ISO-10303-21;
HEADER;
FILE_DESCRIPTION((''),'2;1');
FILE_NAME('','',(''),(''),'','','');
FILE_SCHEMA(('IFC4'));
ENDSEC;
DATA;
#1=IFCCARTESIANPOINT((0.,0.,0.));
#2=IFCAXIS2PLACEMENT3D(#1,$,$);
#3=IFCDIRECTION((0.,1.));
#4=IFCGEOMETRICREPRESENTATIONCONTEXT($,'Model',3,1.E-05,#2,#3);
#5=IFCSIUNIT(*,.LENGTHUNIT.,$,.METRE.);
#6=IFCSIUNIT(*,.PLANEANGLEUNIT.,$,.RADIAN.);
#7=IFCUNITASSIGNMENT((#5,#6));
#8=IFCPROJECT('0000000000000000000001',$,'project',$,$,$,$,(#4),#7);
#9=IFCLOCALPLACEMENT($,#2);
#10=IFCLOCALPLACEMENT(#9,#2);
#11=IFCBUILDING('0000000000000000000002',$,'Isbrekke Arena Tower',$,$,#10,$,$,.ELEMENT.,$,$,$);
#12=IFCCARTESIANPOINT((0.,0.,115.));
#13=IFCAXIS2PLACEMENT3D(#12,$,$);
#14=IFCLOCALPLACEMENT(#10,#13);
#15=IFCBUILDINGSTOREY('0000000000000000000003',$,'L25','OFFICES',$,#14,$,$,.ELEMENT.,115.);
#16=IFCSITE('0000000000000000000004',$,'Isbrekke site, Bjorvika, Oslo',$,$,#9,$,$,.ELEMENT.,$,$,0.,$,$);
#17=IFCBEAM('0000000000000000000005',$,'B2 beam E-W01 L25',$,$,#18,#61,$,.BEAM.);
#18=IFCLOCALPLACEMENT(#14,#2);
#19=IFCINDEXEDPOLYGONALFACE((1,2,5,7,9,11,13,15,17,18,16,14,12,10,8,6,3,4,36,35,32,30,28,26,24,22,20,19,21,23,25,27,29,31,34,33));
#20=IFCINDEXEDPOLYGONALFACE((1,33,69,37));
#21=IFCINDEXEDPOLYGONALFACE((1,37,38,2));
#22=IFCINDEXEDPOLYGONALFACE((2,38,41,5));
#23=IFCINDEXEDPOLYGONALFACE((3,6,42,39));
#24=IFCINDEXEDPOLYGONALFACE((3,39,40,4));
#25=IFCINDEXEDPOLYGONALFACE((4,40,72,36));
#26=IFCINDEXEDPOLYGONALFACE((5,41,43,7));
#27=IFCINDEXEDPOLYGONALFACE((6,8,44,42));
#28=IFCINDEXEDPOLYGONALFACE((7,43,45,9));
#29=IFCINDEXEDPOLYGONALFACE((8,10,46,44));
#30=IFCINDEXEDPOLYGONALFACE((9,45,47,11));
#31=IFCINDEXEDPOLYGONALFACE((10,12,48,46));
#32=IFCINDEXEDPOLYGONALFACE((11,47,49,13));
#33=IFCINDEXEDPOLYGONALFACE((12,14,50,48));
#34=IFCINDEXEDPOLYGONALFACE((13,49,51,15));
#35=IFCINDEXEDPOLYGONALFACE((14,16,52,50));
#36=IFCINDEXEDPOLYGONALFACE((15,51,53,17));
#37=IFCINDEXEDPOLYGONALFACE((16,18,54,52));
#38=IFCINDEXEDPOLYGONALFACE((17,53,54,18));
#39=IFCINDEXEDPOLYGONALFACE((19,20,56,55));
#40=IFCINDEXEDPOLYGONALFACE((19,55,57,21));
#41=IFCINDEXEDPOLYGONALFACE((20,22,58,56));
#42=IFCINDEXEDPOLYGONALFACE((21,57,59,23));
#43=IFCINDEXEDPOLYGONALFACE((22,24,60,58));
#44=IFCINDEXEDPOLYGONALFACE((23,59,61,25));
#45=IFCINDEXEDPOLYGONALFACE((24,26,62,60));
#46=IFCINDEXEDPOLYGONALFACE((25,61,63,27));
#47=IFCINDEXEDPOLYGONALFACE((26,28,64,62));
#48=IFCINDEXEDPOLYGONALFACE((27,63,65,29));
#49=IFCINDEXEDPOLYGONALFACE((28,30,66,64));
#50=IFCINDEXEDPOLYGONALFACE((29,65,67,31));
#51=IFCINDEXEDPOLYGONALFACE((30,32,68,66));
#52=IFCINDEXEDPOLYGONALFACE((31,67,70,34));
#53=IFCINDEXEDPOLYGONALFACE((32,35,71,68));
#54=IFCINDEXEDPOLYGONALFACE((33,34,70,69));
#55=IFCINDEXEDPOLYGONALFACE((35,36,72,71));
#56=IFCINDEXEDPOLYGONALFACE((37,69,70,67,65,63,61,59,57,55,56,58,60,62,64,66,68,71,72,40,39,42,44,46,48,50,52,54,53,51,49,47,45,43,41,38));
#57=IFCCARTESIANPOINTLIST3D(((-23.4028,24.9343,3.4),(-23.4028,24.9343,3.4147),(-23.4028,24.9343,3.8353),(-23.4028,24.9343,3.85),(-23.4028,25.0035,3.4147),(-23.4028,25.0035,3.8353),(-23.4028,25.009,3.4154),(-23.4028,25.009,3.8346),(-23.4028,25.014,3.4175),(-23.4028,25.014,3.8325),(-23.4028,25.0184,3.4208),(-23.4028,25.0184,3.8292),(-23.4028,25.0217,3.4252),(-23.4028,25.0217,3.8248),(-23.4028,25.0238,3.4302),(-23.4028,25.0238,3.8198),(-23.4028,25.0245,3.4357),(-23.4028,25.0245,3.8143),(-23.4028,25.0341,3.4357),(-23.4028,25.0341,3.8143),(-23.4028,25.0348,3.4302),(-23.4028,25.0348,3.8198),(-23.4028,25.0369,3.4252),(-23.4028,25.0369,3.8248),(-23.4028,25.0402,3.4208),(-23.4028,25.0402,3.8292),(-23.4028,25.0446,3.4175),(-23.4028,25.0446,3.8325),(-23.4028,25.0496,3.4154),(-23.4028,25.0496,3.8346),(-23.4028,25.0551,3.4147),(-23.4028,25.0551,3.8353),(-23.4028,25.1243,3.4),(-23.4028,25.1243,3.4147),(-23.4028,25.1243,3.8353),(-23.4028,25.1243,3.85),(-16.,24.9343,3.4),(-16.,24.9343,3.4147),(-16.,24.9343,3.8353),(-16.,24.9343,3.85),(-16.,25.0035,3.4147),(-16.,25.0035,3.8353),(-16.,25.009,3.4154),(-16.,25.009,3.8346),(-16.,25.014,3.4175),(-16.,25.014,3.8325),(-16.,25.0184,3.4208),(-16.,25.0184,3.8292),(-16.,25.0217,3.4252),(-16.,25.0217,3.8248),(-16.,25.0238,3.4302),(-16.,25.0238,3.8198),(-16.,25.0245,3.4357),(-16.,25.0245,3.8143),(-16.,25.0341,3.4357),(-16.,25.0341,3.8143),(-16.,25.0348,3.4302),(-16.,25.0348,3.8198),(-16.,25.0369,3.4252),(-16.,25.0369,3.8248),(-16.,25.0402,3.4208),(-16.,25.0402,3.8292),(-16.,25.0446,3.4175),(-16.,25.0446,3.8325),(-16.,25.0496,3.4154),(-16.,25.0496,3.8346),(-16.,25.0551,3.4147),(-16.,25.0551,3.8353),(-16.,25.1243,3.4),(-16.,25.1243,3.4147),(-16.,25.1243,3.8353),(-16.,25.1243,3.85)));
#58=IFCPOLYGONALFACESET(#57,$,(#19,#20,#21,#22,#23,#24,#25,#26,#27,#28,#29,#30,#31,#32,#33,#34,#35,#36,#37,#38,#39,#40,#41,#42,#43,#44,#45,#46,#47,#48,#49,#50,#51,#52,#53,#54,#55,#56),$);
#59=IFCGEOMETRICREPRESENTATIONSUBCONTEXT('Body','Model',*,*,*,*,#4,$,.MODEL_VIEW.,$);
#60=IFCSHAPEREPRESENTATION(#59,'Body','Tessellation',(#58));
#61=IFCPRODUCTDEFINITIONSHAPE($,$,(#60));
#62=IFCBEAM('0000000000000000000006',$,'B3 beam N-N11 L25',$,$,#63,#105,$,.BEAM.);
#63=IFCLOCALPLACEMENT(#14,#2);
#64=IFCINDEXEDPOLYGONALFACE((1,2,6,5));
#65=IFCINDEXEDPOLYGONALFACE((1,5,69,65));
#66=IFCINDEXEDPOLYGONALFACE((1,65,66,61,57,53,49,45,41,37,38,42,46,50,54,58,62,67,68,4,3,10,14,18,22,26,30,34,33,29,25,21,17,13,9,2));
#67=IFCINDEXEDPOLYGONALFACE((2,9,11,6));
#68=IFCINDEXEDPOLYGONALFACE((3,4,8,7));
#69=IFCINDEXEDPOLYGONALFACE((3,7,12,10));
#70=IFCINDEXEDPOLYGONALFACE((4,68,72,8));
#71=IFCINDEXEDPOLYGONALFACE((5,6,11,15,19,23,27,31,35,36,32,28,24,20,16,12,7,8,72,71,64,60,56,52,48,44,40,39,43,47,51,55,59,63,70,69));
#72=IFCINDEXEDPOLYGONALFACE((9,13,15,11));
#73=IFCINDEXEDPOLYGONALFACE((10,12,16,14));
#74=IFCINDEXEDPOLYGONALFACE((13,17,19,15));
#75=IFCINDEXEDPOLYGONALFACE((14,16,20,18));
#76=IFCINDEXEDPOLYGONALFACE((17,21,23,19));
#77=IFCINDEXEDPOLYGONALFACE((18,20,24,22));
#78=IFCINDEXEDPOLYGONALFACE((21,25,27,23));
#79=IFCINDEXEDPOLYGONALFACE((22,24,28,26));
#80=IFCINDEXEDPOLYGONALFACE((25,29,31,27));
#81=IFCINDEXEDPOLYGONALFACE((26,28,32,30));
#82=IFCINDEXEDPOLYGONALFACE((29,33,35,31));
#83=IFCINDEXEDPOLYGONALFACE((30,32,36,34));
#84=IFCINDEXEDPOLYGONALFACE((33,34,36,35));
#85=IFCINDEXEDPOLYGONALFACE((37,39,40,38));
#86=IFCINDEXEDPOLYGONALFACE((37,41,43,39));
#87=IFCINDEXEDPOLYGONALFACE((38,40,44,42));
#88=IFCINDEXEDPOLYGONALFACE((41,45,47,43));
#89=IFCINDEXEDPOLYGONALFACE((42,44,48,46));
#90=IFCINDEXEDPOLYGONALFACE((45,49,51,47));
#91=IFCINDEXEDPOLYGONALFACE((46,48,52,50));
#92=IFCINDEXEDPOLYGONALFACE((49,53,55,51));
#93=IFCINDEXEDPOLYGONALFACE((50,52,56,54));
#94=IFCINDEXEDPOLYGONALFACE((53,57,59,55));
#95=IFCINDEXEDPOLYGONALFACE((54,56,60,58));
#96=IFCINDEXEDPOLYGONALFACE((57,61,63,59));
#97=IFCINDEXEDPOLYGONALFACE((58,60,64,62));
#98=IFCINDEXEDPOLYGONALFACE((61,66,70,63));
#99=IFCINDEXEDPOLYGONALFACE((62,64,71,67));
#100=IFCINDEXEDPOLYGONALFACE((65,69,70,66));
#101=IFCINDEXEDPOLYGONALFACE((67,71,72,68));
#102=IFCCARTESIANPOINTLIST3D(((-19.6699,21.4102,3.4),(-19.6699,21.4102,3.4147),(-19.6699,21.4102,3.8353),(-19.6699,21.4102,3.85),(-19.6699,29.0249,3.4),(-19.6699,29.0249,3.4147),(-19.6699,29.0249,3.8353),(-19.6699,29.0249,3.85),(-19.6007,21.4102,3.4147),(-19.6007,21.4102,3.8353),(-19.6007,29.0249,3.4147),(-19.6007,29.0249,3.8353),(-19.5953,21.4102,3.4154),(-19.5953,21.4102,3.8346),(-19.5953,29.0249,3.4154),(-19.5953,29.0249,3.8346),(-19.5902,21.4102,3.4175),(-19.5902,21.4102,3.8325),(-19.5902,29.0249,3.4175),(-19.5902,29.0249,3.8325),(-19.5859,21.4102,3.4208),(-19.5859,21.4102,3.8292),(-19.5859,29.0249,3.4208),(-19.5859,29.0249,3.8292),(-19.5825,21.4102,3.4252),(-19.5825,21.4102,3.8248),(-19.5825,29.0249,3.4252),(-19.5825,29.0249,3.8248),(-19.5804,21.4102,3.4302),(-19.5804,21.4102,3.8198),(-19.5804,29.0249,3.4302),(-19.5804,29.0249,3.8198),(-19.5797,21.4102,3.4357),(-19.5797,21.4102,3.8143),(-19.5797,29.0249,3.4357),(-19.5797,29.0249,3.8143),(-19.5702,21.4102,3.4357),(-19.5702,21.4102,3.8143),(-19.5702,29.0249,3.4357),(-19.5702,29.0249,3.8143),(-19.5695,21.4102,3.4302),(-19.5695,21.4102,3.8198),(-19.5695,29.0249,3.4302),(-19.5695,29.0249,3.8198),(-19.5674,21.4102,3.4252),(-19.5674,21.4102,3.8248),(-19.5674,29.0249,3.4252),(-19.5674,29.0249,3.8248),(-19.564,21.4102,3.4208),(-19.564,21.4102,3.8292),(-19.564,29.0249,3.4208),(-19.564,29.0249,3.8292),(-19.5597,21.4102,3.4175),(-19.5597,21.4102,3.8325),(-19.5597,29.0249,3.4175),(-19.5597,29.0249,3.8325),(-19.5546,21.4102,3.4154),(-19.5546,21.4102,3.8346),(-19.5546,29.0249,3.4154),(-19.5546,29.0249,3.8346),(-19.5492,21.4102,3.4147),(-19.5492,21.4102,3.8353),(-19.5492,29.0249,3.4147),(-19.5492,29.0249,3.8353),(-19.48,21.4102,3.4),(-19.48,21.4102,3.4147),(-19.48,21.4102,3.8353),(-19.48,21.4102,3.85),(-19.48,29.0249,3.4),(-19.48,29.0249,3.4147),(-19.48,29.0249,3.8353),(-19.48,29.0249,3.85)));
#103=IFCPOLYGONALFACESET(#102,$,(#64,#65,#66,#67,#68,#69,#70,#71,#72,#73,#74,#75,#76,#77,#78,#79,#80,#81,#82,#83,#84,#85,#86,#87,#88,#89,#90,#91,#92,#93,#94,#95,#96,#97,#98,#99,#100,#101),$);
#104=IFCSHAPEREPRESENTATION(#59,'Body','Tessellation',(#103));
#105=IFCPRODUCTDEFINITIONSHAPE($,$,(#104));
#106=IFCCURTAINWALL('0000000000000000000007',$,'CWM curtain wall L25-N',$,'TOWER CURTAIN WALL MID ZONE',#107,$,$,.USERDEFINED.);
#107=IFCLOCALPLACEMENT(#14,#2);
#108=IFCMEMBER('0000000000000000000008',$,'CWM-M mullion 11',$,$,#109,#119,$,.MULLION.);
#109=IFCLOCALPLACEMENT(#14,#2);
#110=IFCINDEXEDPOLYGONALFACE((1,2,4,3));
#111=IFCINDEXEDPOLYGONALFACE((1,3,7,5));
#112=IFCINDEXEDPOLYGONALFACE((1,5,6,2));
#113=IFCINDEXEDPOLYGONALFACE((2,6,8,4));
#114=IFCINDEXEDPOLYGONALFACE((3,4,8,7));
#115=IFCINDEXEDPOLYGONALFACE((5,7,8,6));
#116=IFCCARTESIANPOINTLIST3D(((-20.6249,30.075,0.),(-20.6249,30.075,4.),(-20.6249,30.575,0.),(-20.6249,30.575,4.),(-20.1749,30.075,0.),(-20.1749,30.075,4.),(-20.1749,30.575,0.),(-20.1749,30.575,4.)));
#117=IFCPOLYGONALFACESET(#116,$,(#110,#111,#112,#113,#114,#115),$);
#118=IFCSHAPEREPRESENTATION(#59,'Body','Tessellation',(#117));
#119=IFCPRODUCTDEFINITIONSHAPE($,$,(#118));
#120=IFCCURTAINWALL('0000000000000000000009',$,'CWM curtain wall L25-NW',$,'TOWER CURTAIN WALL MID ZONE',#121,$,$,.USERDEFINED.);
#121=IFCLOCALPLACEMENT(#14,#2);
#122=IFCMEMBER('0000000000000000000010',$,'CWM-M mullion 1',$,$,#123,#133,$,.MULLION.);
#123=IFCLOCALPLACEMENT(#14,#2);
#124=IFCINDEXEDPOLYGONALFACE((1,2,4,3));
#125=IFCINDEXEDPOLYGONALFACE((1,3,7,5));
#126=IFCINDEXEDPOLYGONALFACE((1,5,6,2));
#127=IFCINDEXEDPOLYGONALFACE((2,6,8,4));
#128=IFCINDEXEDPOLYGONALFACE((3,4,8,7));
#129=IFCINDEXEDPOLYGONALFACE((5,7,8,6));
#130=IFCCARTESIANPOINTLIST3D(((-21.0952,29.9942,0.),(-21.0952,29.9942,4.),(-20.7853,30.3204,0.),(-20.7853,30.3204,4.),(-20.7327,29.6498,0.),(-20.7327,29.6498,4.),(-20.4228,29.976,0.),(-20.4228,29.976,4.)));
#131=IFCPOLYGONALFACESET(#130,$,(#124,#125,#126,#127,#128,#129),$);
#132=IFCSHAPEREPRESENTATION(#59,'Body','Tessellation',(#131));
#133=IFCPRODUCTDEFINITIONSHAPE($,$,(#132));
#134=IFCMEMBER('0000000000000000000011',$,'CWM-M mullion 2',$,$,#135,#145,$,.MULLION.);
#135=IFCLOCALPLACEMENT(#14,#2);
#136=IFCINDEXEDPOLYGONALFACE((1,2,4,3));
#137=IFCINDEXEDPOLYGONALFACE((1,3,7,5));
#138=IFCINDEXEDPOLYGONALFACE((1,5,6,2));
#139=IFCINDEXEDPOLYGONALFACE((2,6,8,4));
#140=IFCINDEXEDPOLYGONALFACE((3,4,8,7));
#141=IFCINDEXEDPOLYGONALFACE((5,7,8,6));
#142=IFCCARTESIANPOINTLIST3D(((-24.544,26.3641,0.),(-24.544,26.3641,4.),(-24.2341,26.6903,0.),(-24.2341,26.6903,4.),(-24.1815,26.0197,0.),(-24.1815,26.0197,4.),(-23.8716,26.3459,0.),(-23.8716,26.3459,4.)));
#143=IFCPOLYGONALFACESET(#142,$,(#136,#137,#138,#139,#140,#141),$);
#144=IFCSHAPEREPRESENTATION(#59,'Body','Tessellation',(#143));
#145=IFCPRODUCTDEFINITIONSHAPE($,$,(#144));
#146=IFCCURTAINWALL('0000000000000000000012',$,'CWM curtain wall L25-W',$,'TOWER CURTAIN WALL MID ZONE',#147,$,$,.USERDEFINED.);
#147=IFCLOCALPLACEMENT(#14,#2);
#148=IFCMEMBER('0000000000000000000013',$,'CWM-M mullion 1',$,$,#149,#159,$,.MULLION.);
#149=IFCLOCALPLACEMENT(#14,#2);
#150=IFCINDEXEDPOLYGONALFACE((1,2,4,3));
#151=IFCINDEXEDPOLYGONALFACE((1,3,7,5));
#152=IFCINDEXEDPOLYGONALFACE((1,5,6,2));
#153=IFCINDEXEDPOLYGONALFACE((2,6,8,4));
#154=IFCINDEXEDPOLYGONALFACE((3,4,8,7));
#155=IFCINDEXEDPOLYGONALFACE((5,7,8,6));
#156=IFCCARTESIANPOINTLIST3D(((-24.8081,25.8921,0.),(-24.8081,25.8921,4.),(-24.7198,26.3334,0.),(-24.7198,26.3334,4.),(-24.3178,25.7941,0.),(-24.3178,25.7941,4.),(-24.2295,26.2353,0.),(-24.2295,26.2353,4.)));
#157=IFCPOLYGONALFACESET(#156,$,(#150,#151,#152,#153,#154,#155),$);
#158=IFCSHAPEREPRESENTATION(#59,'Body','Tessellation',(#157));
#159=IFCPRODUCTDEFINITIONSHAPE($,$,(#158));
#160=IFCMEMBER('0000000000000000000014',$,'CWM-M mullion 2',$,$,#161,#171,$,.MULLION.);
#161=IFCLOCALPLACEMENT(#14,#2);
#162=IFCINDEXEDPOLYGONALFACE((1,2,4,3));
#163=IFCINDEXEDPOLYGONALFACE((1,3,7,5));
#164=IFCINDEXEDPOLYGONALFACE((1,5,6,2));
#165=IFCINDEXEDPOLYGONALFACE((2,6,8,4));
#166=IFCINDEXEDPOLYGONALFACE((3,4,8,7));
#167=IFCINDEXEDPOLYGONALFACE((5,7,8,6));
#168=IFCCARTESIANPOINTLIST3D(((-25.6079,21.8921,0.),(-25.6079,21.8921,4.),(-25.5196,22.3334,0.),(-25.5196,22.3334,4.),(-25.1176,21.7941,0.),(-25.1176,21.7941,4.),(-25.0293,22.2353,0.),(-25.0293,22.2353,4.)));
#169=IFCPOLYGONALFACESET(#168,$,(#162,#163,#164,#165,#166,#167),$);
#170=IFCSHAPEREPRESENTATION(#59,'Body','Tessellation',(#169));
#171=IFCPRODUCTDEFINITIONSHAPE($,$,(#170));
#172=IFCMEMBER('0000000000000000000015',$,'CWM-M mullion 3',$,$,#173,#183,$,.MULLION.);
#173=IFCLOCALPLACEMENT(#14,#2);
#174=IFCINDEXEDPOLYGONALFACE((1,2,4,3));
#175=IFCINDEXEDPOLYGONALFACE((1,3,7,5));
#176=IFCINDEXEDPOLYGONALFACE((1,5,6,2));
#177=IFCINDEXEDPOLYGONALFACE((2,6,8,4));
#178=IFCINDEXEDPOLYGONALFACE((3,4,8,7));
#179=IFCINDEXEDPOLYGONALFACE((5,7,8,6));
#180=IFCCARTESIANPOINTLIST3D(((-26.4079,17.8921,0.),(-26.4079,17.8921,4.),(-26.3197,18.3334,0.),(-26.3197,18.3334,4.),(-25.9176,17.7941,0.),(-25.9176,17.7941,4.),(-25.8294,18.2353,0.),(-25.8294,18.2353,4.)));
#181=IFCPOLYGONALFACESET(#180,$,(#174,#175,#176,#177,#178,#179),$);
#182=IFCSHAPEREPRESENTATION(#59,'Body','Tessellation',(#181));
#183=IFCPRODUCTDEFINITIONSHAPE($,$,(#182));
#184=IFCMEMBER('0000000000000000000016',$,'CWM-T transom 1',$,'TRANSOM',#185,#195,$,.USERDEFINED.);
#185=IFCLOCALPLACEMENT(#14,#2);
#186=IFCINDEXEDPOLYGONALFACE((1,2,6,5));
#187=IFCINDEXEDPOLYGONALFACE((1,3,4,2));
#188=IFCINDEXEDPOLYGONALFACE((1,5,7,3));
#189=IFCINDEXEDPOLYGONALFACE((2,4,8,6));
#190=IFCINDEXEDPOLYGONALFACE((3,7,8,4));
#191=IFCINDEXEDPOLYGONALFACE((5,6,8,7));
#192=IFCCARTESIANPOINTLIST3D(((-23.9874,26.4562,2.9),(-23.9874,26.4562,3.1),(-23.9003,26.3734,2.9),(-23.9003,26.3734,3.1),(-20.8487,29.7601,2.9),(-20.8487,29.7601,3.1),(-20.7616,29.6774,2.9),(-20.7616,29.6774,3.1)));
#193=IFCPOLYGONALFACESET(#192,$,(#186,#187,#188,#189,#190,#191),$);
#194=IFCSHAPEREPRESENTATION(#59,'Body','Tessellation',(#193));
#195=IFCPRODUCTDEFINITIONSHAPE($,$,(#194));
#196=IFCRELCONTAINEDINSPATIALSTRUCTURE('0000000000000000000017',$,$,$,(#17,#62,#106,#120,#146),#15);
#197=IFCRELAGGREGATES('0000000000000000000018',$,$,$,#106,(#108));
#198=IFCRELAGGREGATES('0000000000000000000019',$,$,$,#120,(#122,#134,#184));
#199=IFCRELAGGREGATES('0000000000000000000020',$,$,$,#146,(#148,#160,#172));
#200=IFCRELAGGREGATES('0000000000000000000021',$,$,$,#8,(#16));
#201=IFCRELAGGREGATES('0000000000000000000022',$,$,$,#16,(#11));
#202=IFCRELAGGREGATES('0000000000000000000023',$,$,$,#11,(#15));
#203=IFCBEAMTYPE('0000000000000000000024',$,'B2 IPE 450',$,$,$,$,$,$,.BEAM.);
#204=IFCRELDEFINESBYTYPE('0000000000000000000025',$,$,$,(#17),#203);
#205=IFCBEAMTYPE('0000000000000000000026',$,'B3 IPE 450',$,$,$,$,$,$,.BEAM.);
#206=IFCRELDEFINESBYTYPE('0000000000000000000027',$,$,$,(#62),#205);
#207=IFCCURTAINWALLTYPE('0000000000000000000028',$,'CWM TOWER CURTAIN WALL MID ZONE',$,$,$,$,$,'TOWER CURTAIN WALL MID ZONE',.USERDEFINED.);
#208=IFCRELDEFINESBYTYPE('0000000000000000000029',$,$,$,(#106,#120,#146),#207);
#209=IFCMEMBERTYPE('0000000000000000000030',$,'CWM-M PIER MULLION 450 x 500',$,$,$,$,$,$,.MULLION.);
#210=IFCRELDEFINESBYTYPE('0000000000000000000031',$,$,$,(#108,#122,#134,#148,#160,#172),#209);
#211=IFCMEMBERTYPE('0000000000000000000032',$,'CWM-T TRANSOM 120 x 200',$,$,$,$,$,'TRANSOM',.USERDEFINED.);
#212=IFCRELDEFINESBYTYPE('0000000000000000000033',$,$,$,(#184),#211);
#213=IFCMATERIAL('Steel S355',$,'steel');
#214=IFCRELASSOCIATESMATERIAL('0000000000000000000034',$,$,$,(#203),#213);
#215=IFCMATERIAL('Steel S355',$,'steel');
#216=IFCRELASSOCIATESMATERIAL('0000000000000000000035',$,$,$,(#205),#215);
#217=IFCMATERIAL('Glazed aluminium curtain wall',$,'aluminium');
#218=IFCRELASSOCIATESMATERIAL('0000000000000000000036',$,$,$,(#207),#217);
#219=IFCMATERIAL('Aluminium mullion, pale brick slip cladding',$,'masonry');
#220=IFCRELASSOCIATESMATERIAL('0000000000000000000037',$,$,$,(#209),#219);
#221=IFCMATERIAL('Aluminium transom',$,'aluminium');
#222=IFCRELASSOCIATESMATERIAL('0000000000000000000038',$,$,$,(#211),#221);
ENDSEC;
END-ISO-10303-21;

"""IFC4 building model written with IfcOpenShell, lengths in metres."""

from ifc_helpers import new_model, si_unit, direction, frame, origin, origin_2d, place, context, subcontext, project, spatial, rectangle, i_section, extrude, material, material_profile, profile_set, type_object, element, aggregate, save


model = new_model("IFC4")

# Units and contexts
model_context = context("Model", 3, precision=1e-05, world=origin(), true_north=direction((0.0, 1.0)))
body_context = subcontext(model_context, "Body", "Model", "MODEL_VIEW")
ifc_project = project(units=[si_unit("LENGTHUNIT", "METRE"), si_unit("PLANEANGLEUNIT", "RADIAN")], contexts=[model_context])

# Site, building, storey
site_placement = place(None, origin())
site = spatial("IfcSite", under=ifc_project, at=site_placement, Name="Isbrekke site, Bjorvika, Oslo", CompositionType="ELEMENT", RefElevation=0.0)
building_placement = place(site_placement, origin())
building = spatial("IfcBuilding", under=site, at=building_placement, Name="Isbrekke Arena Tower", CompositionType="ELEMENT")
storey_placement = place(building_placement, frame((0.0, 0.0, 115.0)))
storey = spatial("IfcBuildingStorey", under=building, at=storey_placement, Name="L25", Description="OFFICES", CompositionType="ELEMENT", Elevation=115.0)

# Beams
ifc_material_1 = material(Name="Steel S355", Category="steel")
ifc_material_profile_1 = material_profile(ifc_material_1, i_section(OverallWidth=0.1899, OverallDepth=0.45, WebThickness=0.0095, FlangeThickness=0.0146, FilletRadius=0.021, at=origin_2d()), Name="IPE 450")
ifc_profile_set_1 = profile_set([ifc_material_profile_1], Name="Steel S355")
beam_type_1 = type_object("IfcBeamType", Name="B2 IPE 450", PredefinedType="BEAM", material=ifc_profile_set_1)
beam_1_placement = place(storey_placement, frame((-23.4028, 25.0293, 3.625), z_axis=(1.0, 0.0, 0.0), x_axis=(0.0, 1.0, 0.0)))
element("IfcBeam", 1, at=beam_1_placement, inside=storey, type_object=beam_type_1, Name="B2 beam E-W01 L25", PredefinedType="BEAM", context=body_context, shape_type="SweptSolid", body=[
    extrude(i_section(OverallWidth=0.1899, OverallDepth=0.45, WebThickness=0.0095, FlangeThickness=0.0146, FilletRadius=0.021, at=origin_2d()), origin(), (0.0, 0.0, 1.0), 7.4028),
])
ifc_material_2 = material(Name="Steel S355", Category="steel")
ifc_material_profile_2 = material_profile(ifc_material_2, i_section(OverallWidth=0.1899, OverallDepth=0.45, WebThickness=0.0095, FlangeThickness=0.0146, FilletRadius=0.021, at=origin_2d()), Name="IPE 450")
ifc_profile_set_2 = profile_set([ifc_material_profile_2], Name="Steel S355")
beam_type_2 = type_object("IfcBeamType", Name="B3 IPE 450", PredefinedType="BEAM", material=ifc_profile_set_2)
beam_2_placement = place(storey_placement, frame((-19.575, 29.0249, 3.625), z_axis=(0.0, -1.0, 0.0), x_axis=(1.0, 0.0, 0.0)))
element("IfcBeam", 2, at=beam_2_placement, inside=storey, type_object=beam_type_2, Name="B3 beam N-N11 L25", PredefinedType="BEAM", context=body_context, shape_type="SweptSolid", body=[
    extrude(i_section(OverallWidth=0.1899, OverallDepth=0.45, WebThickness=0.0095, FlangeThickness=0.0146, FilletRadius=0.021, at=origin_2d()), origin(), (0.0, 0.0, 1.0), 7.6147),
])

# Curtain wall, member
ifc_material_3 = material(Name="Glazed aluminium curtain wall", Category="aluminium")
curtain_wall_type = type_object("IfcCurtainWallType", Name="CWM TOWER CURTAIN WALL MID ZONE", ElementType="TOWER CURTAIN WALL MID ZONE", PredefinedType="USERDEFINED", material=ifc_material_3)
curtain_wall_1_placement = place(storey_placement, origin())
curtain_wall_1 = element("IfcCurtainWall", 3, at=curtain_wall_1_placement, inside=storey, type_object=curtain_wall_type, Name="CWM curtain wall L25-N", ObjectType="TOWER CURTAIN WALL MID ZONE", PredefinedType="USERDEFINED")
ifc_material_4 = material(Name="Aluminium mullion, pale brick slip cladding", Category="masonry")
ifc_material_profile_3 = material_profile(ifc_material_4, rectangle(XDim=0.45, YDim=0.5, at=origin_2d()), Name="PIER 450X500")
ifc_profile_set_3 = profile_set([ifc_material_profile_3], Name="Aluminium mullion, pale brick slip cladding")
member_type_1 = type_object("IfcMemberType", Name="CWM-M PIER MULLION 450 x 500", PredefinedType="MULLION", material=ifc_profile_set_3)
member_1_placement = place(storey_placement, frame((-20.3999, 30.325, 0.0), z_axis=(0.0, 0.0, 1.0), x_axis=(-1.0, 0.0, 0.0)))
member_1 = element("IfcMember", 4, at=member_1_placement, type_object=member_type_1, Name="CWM-M mullion 11", PredefinedType="MULLION", context=body_context, shape_type="SweptSolid", body=[
    extrude(rectangle(XDim=0.45, YDim=0.5, at=origin_2d()), origin(), (0.0, 0.0, 1.0), 4.0),
])
aggregate(curtain_wall_1, [member_1])

# Curtain walls, members
curtain_wall_2_placement = place(storey_placement, origin())
curtain_wall_2 = element("IfcCurtainWall", 5, at=curtain_wall_2_placement, inside=storey, type_object=curtain_wall_type, Name="CWM curtain wall L25-NW", ObjectType="TOWER CURTAIN WALL MID ZONE", PredefinedType="USERDEFINED")
member_2_placement = place(storey_placement, frame((-20.759, 29.9851, 0.0), z_axis=(0.0, 0.0, 1.0), x_axis=(-0.688749, -0.724999, 0.0)))
member_2 = element("IfcMember", 6, at=member_2_placement, type_object=member_type_1, Name="CWM-M mullion 1", PredefinedType="MULLION", context=body_context, shape_type="SweptSolid", body=[
    extrude(rectangle(XDim=0.45, YDim=0.5, at=origin_2d()), origin(), (0.0, 0.0, 1.0), 4.0),
])
member_3_placement = place(storey_placement, frame((-24.2078, 26.355, 0.0), z_axis=(0.0, 0.0, 1.0), x_axis=(-0.688749, -0.724999, 0.0)))
member_3 = element("IfcMember", 7, at=member_3_placement, type_object=member_type_1, Name="CWM-M mullion 2", PredefinedType="MULLION", context=body_context, shape_type="SweptSolid", body=[
    extrude(rectangle(XDim=0.45, YDim=0.5, at=origin_2d()), origin(), (0.0, 0.0, 1.0), 4.0),
])
curtain_wall_3_placement = place(storey_placement, origin())
curtain_wall_3 = element("IfcCurtainWall", 8, at=curtain_wall_3_placement, inside=storey, type_object=curtain_wall_type, Name="CWM curtain wall L25-W", ObjectType="TOWER CURTAIN WALL MID ZONE", PredefinedType="USERDEFINED")
member_4_placement = place(storey_placement, frame((-24.5188, 26.0637, 0.0), z_axis=(0.0, 0.0, 1.0), x_axis=(-0.196116, -0.980581, 0.0)))
member_4 = element("IfcMember", 9, at=member_4_placement, type_object=member_type_1, Name="CWM-M mullion 1", PredefinedType="MULLION", context=body_context, shape_type="SweptSolid", body=[
    extrude(rectangle(XDim=0.45, YDim=0.5, at=origin_2d()), origin(), (0.0, 0.0, 1.0), 4.0),
])
member_5_placement = place(storey_placement, frame((-25.3186, 22.0637, 0.0), z_axis=(0.0, 0.0, 1.0), x_axis=(-0.196116, -0.980581, 0.0)))
member_5 = element("IfcMember", 10, at=member_5_placement, type_object=member_type_1, Name="CWM-M mullion 2", PredefinedType="MULLION", context=body_context, shape_type="SweptSolid", body=[
    extrude(rectangle(XDim=0.45, YDim=0.5, at=origin_2d()), origin(), (0.0, 0.0, 1.0), 4.0),
])
member_6_placement = place(storey_placement, frame((-26.1187, 18.0637, 0.0), z_axis=(0.0, 0.0, 1.0), x_axis=(-0.196116, -0.980581, 0.0)))
member_6 = element("IfcMember", 11, at=member_6_placement, type_object=member_type_1, Name="CWM-M mullion 3", PredefinedType="MULLION", context=body_context, shape_type="SweptSolid", body=[
    extrude(rectangle(XDim=0.45, YDim=0.5, at=origin_2d()), origin(), (0.0, 0.0, 1.0), 4.0),
])

# Member
ifc_material_5 = material(Name="Aluminium transom", Category="aluminium")
ifc_material_profile_4 = material_profile(ifc_material_5, rectangle(XDim=0.1201, YDim=0.2, at=origin_2d()), Name="TRANSOM 120X200")
ifc_profile_set_4 = profile_set([ifc_material_profile_4], Name="Aluminium transom")
member_type_2 = type_object("IfcMemberType", Name="CWM-T TRANSOM 120 x 200", ElementType="TRANSOM", PredefinedType="USERDEFINED", material=ifc_profile_set_4)
member_7_placement = place(storey_placement, frame((-20.8052, 29.7188, 3.0), z_axis=(-0.68874, -0.725009, 0.0), x_axis=(0.725009, -0.68874, 0.0)))
member_7 = element("IfcMember", 12, at=member_7_placement, type_object=member_type_2, Name="CWM-T transom 1", ObjectType="TRANSOM", PredefinedType="USERDEFINED", context=body_context, shape_type="SweptSolid", body=[
    extrude(rectangle(XDim=0.1201, YDim=0.2, at=origin_2d()), origin(), (0.0, 0.0, 1.0), 4.5571),
])

aggregate(curtain_wall_2, [member_2, member_3, member_7])
aggregate(curtain_wall_3, [member_4, member_5, member_6])

save(model, "model.ifc")
